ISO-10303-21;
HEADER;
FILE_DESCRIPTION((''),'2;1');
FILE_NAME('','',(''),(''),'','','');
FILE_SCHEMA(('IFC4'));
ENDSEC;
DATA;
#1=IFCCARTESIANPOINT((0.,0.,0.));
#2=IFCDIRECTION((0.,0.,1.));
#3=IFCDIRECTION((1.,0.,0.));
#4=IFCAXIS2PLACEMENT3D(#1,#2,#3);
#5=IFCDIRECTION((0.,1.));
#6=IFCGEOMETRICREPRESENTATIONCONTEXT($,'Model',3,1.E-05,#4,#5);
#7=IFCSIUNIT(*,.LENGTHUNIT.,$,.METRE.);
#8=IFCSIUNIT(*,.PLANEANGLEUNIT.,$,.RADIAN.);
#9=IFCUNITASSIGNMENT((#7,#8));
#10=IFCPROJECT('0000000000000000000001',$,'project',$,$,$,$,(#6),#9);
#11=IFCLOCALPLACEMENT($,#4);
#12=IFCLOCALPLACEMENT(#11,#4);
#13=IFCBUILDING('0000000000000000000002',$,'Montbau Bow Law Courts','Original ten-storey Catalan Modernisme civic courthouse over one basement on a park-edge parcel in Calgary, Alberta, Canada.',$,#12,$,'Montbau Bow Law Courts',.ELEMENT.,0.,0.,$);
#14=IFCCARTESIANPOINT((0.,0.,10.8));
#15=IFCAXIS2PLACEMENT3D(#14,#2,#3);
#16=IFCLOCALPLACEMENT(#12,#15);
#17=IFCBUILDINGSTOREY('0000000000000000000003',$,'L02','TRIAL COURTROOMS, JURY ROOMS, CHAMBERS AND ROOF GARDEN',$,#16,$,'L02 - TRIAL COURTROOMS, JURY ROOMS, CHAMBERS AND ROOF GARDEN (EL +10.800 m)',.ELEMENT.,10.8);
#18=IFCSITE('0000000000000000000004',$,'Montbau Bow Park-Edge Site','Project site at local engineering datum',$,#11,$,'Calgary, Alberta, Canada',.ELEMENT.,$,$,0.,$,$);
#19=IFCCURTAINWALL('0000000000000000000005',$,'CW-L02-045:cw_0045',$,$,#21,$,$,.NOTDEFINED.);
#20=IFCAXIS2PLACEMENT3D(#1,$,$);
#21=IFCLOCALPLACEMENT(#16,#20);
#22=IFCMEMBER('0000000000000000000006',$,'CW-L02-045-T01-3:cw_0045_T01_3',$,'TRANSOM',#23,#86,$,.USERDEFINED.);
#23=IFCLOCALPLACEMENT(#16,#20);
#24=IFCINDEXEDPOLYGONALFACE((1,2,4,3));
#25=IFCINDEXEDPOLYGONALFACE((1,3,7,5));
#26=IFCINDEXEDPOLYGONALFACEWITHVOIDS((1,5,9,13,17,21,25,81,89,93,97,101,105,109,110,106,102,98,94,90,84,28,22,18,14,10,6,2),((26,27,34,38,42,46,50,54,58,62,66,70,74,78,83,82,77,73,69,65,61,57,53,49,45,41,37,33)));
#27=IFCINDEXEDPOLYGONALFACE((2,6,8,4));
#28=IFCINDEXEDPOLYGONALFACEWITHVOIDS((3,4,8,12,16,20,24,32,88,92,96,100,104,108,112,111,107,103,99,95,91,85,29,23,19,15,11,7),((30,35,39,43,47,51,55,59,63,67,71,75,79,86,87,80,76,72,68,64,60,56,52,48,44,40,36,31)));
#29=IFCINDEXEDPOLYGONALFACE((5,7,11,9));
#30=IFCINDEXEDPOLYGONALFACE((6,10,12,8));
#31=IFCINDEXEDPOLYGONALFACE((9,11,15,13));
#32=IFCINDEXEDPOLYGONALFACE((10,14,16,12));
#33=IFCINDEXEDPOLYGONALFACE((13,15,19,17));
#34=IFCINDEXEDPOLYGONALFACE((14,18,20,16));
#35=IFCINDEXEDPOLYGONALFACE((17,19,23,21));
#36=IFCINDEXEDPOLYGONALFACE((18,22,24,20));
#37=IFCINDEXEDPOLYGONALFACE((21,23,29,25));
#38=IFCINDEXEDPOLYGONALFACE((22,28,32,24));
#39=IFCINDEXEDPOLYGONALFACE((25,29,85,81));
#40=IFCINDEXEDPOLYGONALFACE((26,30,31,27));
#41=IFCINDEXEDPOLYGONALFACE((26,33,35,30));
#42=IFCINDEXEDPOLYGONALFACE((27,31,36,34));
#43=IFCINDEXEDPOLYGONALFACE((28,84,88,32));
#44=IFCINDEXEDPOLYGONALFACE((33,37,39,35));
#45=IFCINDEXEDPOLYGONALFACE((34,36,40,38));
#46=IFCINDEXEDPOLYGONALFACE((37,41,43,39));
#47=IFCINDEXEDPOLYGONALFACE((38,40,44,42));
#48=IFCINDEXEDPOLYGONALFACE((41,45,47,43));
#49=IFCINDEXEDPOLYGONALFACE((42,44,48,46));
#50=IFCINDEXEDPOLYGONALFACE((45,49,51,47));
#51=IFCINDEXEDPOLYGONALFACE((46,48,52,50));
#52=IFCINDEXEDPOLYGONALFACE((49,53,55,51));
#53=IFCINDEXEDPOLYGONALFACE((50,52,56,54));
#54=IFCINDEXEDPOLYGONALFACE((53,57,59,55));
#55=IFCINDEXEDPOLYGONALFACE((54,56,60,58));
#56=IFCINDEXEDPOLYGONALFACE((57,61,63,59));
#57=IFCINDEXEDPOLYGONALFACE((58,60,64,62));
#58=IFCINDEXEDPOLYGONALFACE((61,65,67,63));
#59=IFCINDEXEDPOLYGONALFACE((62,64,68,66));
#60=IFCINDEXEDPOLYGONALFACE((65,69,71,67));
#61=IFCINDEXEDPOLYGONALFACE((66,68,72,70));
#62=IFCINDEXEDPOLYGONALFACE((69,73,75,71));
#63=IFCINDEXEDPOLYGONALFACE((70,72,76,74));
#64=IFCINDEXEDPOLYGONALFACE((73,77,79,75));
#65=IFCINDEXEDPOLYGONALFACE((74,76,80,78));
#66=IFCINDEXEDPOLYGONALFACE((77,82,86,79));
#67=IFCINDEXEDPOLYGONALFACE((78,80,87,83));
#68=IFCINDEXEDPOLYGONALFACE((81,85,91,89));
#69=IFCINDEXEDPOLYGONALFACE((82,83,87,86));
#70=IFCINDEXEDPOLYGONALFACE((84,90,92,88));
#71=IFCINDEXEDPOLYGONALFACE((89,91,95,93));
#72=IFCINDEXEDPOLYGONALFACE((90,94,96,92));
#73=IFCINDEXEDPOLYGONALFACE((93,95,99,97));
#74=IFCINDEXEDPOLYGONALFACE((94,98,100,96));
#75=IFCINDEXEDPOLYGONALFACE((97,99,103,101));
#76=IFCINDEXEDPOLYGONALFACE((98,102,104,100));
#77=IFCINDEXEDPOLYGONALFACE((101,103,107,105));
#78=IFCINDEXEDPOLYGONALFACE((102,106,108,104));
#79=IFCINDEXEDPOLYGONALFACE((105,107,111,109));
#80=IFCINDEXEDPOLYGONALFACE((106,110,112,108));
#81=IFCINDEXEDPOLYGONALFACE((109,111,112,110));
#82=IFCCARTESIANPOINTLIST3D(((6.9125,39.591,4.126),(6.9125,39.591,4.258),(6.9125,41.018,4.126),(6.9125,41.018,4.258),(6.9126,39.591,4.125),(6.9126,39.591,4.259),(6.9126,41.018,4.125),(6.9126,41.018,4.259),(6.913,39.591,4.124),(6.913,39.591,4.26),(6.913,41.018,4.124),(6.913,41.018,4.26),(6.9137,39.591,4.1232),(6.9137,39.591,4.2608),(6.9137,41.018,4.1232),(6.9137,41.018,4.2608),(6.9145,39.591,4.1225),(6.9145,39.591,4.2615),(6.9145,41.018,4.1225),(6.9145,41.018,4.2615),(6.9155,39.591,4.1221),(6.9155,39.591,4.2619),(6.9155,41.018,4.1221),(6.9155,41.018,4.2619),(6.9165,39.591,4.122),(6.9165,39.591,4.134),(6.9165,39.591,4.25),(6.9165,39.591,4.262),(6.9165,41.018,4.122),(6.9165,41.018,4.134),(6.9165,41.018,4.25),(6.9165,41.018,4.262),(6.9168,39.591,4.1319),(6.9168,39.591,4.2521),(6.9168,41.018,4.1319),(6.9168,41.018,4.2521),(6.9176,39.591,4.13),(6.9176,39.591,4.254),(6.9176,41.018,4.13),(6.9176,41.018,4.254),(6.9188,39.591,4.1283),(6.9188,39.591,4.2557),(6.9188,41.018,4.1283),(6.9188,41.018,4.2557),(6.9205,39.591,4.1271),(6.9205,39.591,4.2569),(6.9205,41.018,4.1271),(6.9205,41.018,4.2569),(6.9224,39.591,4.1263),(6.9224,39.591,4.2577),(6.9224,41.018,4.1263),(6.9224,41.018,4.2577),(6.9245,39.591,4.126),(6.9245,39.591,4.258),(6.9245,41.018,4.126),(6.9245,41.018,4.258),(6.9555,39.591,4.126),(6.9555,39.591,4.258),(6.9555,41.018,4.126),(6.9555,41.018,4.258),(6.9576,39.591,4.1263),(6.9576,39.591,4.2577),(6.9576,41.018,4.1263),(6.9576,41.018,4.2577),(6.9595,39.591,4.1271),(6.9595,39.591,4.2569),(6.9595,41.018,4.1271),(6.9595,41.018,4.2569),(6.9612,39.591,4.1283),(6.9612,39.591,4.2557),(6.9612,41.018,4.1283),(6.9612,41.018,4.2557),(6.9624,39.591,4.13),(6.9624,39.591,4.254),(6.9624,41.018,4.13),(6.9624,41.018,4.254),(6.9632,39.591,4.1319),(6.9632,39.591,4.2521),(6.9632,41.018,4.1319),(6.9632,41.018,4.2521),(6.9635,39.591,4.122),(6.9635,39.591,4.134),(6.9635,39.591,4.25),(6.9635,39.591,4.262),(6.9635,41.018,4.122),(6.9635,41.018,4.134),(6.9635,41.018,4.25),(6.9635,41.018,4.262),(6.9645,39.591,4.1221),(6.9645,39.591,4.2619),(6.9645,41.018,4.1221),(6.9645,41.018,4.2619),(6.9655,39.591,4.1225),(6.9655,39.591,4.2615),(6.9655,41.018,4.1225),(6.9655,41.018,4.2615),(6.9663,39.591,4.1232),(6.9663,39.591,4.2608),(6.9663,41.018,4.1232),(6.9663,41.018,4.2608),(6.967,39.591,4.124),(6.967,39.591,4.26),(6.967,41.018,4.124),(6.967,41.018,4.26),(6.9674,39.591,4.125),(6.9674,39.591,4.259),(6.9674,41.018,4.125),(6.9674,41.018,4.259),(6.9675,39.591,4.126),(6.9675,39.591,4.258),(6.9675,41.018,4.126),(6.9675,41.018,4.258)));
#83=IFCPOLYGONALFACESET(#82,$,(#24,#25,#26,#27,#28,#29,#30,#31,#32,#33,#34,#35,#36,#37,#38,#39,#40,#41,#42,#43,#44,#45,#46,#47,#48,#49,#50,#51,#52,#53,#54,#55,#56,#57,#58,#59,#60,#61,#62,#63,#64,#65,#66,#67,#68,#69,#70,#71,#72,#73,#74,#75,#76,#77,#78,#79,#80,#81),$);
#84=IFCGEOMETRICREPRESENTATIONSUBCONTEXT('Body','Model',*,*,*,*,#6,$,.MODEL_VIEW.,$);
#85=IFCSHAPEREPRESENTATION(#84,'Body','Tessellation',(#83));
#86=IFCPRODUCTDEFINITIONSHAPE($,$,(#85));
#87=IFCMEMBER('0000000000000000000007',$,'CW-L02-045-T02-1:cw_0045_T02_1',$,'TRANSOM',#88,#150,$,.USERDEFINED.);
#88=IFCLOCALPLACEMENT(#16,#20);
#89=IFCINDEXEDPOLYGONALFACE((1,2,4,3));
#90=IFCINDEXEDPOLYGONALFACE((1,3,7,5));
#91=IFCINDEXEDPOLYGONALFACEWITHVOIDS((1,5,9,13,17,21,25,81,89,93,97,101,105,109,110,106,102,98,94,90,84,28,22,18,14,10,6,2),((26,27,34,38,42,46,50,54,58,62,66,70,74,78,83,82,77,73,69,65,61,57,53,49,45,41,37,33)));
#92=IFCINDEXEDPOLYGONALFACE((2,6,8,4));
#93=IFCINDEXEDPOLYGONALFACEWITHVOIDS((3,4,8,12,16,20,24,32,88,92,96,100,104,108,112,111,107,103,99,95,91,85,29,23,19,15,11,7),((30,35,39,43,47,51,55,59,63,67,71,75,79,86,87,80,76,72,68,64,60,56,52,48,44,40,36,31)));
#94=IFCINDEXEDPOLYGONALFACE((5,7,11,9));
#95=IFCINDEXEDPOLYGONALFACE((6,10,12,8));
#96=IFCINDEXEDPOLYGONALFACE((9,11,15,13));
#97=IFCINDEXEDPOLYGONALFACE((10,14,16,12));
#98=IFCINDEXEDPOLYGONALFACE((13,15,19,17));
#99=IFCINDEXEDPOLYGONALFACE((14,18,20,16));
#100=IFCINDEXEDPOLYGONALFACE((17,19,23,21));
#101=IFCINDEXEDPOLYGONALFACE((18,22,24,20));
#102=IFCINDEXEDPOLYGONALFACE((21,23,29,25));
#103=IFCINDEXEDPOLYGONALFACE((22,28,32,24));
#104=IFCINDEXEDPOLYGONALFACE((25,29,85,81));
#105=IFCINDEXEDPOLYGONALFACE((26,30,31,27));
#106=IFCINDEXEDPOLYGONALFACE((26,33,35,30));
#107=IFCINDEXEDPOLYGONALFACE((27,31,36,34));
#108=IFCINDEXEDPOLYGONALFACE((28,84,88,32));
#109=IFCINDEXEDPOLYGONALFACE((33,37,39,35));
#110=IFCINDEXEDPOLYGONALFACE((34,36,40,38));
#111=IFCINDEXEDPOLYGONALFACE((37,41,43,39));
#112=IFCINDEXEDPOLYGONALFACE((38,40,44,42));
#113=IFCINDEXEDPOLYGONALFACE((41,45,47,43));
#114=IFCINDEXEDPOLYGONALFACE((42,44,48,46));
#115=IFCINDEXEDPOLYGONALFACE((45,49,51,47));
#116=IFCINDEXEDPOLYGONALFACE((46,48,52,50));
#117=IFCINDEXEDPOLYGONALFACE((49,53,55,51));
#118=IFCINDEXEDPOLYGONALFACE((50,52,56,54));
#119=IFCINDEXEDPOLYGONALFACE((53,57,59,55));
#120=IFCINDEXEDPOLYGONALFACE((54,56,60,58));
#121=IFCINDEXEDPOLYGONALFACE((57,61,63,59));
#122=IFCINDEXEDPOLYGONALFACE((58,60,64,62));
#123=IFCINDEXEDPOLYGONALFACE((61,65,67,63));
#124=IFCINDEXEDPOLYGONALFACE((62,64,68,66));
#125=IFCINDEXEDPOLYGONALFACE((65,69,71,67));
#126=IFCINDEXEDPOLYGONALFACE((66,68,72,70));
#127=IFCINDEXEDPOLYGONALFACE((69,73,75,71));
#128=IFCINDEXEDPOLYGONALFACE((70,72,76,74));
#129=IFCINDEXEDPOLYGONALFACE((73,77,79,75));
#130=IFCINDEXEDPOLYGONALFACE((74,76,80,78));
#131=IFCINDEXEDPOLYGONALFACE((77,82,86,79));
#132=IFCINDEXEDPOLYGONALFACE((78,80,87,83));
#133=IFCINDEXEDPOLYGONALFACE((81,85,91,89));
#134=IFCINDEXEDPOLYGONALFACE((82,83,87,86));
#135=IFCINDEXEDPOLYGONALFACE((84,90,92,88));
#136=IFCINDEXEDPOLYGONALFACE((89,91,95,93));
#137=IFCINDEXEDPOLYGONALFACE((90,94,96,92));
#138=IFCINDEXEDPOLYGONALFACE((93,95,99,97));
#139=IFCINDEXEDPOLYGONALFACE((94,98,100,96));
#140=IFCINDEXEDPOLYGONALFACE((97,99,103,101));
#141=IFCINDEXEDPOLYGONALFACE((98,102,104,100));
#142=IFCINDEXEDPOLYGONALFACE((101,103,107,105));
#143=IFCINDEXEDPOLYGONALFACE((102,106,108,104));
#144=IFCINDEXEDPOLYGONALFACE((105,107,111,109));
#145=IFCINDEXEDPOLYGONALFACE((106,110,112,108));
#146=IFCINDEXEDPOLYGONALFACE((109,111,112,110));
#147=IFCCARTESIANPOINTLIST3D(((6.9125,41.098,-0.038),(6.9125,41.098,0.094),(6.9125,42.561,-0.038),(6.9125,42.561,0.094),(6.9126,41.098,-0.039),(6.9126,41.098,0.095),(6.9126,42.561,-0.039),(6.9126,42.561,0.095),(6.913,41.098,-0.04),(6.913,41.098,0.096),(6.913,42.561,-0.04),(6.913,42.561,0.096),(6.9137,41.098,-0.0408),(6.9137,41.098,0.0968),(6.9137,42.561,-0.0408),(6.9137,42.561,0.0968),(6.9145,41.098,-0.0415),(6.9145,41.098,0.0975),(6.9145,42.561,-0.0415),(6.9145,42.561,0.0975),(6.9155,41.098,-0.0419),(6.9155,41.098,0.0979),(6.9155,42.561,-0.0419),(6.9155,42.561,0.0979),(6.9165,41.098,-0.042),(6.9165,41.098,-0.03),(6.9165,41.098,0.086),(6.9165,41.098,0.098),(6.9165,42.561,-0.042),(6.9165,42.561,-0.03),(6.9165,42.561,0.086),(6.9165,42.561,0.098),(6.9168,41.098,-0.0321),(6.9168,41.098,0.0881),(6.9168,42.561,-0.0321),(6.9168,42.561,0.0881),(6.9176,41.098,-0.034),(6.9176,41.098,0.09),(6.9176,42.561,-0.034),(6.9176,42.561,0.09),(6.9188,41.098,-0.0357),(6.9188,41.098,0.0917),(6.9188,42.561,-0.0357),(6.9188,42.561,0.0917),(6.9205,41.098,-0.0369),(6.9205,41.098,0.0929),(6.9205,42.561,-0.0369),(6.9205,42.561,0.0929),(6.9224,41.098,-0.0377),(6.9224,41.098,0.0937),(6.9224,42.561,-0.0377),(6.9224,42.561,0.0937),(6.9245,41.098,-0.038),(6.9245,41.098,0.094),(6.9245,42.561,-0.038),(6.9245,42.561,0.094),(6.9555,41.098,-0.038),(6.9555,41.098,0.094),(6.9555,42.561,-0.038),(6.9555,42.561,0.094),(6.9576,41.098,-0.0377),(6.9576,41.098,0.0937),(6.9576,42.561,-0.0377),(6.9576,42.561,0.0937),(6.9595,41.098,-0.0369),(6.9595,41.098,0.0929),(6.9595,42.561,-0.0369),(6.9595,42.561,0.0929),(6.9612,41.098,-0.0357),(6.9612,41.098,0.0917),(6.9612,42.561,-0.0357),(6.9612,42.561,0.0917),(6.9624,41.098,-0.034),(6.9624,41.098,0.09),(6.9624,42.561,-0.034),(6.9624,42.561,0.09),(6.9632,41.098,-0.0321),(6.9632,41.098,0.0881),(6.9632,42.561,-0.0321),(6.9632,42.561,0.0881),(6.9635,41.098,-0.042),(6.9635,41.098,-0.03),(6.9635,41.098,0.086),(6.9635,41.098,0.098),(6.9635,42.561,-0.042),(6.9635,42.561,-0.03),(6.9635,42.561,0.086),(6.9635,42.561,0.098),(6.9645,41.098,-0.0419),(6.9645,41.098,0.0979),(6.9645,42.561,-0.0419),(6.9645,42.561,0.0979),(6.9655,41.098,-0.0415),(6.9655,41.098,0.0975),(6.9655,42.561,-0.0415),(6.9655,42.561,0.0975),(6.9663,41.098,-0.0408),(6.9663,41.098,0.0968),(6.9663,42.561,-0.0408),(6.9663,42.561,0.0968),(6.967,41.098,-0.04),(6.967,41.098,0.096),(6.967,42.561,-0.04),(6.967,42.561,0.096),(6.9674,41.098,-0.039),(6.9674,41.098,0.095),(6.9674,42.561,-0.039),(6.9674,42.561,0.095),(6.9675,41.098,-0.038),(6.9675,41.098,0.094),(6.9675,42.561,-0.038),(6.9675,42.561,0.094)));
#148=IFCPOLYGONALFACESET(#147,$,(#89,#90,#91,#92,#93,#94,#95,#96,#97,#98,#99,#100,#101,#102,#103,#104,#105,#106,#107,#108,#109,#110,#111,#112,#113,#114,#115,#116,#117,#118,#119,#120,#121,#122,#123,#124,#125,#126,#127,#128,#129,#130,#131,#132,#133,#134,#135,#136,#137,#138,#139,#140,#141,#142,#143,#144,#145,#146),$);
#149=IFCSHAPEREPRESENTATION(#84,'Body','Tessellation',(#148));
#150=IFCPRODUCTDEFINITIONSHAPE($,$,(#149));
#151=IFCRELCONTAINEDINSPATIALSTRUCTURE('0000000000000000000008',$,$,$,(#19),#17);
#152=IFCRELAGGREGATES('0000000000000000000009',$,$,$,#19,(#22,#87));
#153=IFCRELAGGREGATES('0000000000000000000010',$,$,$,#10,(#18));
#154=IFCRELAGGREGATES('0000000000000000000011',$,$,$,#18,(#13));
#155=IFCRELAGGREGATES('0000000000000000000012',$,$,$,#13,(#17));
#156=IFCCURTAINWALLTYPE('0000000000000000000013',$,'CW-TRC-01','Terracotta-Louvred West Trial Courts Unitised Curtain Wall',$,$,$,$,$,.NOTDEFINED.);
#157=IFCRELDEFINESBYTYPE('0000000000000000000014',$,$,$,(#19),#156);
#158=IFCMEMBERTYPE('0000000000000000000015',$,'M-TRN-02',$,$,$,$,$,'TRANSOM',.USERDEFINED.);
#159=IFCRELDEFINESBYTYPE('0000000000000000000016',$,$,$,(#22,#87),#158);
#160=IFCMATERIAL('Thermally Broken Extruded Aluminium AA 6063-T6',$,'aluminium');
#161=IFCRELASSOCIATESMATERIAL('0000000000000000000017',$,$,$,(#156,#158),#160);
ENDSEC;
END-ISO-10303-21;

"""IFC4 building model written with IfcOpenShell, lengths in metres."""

from ifc_helpers import new_model, si_unit, direction, frame, origin_with_axes, origin_2d_with_axis, place, context, subcontext, project, spatial, hollow_rectangle, extrude, material, material_profile, profile_set, type_object, element, aggregate, save


model = new_model("IFC4")

# Units and contexts
model_context = context("Model", 3, precision=1e-05, world=origin_with_axes(), true_north=direction((0.0, 1.0)))
body_context = subcontext(model_context, "Body", "Model", "MODEL_VIEW")
ifc_project = project(units=[si_unit("LENGTHUNIT", "METRE"), si_unit("PLANEANGLEUNIT", "RADIAN")], contexts=[model_context])

# Site, building, storey
site_placement = place(None, origin_with_axes())
site = spatial("IfcSite", under=ifc_project, at=site_placement, Name="Montbau Bow Park-Edge Site", Description="Project site at local engineering datum", LongName="Calgary, Alberta, Canada", CompositionType="ELEMENT", RefElevation=0.0)
building_placement = place(site_placement, origin_with_axes())
building = spatial("IfcBuilding", under=site, at=building_placement, Name="Montbau Bow Law Courts", Description="Original ten-storey Catalan Modernisme civic courthouse over one basement on a park-edge parcel in Calgary, Alberta, Canada.", LongName="Montbau Bow Law Courts", CompositionType="ELEMENT", ElevationOfRefHeight=0.0, ElevationOfTerrain=0.0)
storey_placement = place(building_placement, frame((0.0, 0.0, 10.8), z_axis=(0.0, 0.0, 1.0), x_axis=(1.0, 0.0, 0.0)))
storey = spatial("IfcBuildingStorey", under=building, at=storey_placement, Name="L02", Description="TRIAL COURTROOMS, JURY ROOMS, CHAMBERS AND ROOF GARDEN", LongName="L02 - TRIAL COURTROOMS, JURY ROOMS, CHAMBERS AND ROOF GARDEN (EL +10.800 m)", CompositionType="ELEMENT", Elevation=10.8)

# Curtain wall, members
ifc_material_1 = material(Name="Thermally Broken Extruded Aluminium AA 6063-T6", Category="aluminium")
curtain_wall_type = type_object("IfcCurtainWallType", Name="CW-TRC-01", Description="Terracotta-Louvred West Trial Courts Unitised Curtain Wall", PredefinedType="NOTDEFINED", material=ifc_material_1)
curtain_wall_placement = place(None, frame((6.94, 39.515, 10.8), z_axis=(0.0, 0.0, 1.0), x_axis=(1.0, 0.0, 0.0)))
curtain_wall = element("IfcCurtainWall", 1, at=curtain_wall_placement, inside=storey, type_object=curtain_wall_type, Name="CW-L02-045:cw_0045", PredefinedType="NOTDEFINED")
ifc_material_profile_1 = material_profile(ifc_material_1, hollow_rectangle(XDim=0.055, YDim=0.14, WallThickness=0.004, InnerFilletRadius=0.008, OuterFilletRadius=0.004, at=origin_2d_with_axis()), Name="CWT-140X55", Category="Main", Priority=0)
ifc_profile_set_1 = profile_set([ifc_material_profile_1], Name="Thermally Broken Extruded Aluminium AA 6063-T6")
member_type_1 = type_object("IfcMemberType", Name="M-TRN-02", ElementType="TRANSOM", PredefinedType="USERDEFINED", material=ifc_profile_set_1)
member_1_placement = place(None, frame((6.94, 39.591, 14.992), z_axis=(0.0, 1.0, 0.0), x_axis=(-1.0, 0.0, 0.0)))
member_1 = element("IfcMember", 2, at=member_1_placement, type_object=member_type_1, Name="CW-L02-045-T01-3:cw_0045_T01_3", ObjectType="TRANSOM", PredefinedType="USERDEFINED", context=body_context, shape_type="SweptSolid", body=[
    extrude(hollow_rectangle(XDim=0.055, YDim=0.14, WallThickness=0.004, InnerFilletRadius=0.008, OuterFilletRadius=0.004, at=origin_2d_with_axis()), origin_with_axes(), (0.0, 0.0, 1.0), 1.427),
])
member_2_placement = place(None, frame((6.94, 41.098, 10.828), z_axis=(0.0, 1.0, 0.0), x_axis=(-1.0, 0.0, 0.0)))
member_2 = element("IfcMember", 3, at=member_2_placement, type_object=member_type_1, Name="CW-L02-045-T02-1:cw_0045_T02_1", ObjectType="TRANSOM", PredefinedType="USERDEFINED", context=body_context, shape_type="SweptSolid", body=[
    extrude(hollow_rectangle(XDim=0.055, YDim=0.14, WallThickness=0.004, InnerFilletRadius=0.008, OuterFilletRadius=0.004, at=origin_2d_with_axis()), origin_with_axes(), (0.0, 0.0, 1.0), 1.463),
])
aggregate(curtain_wall, [member_1, member_2])

save(model, "model.ifc")
